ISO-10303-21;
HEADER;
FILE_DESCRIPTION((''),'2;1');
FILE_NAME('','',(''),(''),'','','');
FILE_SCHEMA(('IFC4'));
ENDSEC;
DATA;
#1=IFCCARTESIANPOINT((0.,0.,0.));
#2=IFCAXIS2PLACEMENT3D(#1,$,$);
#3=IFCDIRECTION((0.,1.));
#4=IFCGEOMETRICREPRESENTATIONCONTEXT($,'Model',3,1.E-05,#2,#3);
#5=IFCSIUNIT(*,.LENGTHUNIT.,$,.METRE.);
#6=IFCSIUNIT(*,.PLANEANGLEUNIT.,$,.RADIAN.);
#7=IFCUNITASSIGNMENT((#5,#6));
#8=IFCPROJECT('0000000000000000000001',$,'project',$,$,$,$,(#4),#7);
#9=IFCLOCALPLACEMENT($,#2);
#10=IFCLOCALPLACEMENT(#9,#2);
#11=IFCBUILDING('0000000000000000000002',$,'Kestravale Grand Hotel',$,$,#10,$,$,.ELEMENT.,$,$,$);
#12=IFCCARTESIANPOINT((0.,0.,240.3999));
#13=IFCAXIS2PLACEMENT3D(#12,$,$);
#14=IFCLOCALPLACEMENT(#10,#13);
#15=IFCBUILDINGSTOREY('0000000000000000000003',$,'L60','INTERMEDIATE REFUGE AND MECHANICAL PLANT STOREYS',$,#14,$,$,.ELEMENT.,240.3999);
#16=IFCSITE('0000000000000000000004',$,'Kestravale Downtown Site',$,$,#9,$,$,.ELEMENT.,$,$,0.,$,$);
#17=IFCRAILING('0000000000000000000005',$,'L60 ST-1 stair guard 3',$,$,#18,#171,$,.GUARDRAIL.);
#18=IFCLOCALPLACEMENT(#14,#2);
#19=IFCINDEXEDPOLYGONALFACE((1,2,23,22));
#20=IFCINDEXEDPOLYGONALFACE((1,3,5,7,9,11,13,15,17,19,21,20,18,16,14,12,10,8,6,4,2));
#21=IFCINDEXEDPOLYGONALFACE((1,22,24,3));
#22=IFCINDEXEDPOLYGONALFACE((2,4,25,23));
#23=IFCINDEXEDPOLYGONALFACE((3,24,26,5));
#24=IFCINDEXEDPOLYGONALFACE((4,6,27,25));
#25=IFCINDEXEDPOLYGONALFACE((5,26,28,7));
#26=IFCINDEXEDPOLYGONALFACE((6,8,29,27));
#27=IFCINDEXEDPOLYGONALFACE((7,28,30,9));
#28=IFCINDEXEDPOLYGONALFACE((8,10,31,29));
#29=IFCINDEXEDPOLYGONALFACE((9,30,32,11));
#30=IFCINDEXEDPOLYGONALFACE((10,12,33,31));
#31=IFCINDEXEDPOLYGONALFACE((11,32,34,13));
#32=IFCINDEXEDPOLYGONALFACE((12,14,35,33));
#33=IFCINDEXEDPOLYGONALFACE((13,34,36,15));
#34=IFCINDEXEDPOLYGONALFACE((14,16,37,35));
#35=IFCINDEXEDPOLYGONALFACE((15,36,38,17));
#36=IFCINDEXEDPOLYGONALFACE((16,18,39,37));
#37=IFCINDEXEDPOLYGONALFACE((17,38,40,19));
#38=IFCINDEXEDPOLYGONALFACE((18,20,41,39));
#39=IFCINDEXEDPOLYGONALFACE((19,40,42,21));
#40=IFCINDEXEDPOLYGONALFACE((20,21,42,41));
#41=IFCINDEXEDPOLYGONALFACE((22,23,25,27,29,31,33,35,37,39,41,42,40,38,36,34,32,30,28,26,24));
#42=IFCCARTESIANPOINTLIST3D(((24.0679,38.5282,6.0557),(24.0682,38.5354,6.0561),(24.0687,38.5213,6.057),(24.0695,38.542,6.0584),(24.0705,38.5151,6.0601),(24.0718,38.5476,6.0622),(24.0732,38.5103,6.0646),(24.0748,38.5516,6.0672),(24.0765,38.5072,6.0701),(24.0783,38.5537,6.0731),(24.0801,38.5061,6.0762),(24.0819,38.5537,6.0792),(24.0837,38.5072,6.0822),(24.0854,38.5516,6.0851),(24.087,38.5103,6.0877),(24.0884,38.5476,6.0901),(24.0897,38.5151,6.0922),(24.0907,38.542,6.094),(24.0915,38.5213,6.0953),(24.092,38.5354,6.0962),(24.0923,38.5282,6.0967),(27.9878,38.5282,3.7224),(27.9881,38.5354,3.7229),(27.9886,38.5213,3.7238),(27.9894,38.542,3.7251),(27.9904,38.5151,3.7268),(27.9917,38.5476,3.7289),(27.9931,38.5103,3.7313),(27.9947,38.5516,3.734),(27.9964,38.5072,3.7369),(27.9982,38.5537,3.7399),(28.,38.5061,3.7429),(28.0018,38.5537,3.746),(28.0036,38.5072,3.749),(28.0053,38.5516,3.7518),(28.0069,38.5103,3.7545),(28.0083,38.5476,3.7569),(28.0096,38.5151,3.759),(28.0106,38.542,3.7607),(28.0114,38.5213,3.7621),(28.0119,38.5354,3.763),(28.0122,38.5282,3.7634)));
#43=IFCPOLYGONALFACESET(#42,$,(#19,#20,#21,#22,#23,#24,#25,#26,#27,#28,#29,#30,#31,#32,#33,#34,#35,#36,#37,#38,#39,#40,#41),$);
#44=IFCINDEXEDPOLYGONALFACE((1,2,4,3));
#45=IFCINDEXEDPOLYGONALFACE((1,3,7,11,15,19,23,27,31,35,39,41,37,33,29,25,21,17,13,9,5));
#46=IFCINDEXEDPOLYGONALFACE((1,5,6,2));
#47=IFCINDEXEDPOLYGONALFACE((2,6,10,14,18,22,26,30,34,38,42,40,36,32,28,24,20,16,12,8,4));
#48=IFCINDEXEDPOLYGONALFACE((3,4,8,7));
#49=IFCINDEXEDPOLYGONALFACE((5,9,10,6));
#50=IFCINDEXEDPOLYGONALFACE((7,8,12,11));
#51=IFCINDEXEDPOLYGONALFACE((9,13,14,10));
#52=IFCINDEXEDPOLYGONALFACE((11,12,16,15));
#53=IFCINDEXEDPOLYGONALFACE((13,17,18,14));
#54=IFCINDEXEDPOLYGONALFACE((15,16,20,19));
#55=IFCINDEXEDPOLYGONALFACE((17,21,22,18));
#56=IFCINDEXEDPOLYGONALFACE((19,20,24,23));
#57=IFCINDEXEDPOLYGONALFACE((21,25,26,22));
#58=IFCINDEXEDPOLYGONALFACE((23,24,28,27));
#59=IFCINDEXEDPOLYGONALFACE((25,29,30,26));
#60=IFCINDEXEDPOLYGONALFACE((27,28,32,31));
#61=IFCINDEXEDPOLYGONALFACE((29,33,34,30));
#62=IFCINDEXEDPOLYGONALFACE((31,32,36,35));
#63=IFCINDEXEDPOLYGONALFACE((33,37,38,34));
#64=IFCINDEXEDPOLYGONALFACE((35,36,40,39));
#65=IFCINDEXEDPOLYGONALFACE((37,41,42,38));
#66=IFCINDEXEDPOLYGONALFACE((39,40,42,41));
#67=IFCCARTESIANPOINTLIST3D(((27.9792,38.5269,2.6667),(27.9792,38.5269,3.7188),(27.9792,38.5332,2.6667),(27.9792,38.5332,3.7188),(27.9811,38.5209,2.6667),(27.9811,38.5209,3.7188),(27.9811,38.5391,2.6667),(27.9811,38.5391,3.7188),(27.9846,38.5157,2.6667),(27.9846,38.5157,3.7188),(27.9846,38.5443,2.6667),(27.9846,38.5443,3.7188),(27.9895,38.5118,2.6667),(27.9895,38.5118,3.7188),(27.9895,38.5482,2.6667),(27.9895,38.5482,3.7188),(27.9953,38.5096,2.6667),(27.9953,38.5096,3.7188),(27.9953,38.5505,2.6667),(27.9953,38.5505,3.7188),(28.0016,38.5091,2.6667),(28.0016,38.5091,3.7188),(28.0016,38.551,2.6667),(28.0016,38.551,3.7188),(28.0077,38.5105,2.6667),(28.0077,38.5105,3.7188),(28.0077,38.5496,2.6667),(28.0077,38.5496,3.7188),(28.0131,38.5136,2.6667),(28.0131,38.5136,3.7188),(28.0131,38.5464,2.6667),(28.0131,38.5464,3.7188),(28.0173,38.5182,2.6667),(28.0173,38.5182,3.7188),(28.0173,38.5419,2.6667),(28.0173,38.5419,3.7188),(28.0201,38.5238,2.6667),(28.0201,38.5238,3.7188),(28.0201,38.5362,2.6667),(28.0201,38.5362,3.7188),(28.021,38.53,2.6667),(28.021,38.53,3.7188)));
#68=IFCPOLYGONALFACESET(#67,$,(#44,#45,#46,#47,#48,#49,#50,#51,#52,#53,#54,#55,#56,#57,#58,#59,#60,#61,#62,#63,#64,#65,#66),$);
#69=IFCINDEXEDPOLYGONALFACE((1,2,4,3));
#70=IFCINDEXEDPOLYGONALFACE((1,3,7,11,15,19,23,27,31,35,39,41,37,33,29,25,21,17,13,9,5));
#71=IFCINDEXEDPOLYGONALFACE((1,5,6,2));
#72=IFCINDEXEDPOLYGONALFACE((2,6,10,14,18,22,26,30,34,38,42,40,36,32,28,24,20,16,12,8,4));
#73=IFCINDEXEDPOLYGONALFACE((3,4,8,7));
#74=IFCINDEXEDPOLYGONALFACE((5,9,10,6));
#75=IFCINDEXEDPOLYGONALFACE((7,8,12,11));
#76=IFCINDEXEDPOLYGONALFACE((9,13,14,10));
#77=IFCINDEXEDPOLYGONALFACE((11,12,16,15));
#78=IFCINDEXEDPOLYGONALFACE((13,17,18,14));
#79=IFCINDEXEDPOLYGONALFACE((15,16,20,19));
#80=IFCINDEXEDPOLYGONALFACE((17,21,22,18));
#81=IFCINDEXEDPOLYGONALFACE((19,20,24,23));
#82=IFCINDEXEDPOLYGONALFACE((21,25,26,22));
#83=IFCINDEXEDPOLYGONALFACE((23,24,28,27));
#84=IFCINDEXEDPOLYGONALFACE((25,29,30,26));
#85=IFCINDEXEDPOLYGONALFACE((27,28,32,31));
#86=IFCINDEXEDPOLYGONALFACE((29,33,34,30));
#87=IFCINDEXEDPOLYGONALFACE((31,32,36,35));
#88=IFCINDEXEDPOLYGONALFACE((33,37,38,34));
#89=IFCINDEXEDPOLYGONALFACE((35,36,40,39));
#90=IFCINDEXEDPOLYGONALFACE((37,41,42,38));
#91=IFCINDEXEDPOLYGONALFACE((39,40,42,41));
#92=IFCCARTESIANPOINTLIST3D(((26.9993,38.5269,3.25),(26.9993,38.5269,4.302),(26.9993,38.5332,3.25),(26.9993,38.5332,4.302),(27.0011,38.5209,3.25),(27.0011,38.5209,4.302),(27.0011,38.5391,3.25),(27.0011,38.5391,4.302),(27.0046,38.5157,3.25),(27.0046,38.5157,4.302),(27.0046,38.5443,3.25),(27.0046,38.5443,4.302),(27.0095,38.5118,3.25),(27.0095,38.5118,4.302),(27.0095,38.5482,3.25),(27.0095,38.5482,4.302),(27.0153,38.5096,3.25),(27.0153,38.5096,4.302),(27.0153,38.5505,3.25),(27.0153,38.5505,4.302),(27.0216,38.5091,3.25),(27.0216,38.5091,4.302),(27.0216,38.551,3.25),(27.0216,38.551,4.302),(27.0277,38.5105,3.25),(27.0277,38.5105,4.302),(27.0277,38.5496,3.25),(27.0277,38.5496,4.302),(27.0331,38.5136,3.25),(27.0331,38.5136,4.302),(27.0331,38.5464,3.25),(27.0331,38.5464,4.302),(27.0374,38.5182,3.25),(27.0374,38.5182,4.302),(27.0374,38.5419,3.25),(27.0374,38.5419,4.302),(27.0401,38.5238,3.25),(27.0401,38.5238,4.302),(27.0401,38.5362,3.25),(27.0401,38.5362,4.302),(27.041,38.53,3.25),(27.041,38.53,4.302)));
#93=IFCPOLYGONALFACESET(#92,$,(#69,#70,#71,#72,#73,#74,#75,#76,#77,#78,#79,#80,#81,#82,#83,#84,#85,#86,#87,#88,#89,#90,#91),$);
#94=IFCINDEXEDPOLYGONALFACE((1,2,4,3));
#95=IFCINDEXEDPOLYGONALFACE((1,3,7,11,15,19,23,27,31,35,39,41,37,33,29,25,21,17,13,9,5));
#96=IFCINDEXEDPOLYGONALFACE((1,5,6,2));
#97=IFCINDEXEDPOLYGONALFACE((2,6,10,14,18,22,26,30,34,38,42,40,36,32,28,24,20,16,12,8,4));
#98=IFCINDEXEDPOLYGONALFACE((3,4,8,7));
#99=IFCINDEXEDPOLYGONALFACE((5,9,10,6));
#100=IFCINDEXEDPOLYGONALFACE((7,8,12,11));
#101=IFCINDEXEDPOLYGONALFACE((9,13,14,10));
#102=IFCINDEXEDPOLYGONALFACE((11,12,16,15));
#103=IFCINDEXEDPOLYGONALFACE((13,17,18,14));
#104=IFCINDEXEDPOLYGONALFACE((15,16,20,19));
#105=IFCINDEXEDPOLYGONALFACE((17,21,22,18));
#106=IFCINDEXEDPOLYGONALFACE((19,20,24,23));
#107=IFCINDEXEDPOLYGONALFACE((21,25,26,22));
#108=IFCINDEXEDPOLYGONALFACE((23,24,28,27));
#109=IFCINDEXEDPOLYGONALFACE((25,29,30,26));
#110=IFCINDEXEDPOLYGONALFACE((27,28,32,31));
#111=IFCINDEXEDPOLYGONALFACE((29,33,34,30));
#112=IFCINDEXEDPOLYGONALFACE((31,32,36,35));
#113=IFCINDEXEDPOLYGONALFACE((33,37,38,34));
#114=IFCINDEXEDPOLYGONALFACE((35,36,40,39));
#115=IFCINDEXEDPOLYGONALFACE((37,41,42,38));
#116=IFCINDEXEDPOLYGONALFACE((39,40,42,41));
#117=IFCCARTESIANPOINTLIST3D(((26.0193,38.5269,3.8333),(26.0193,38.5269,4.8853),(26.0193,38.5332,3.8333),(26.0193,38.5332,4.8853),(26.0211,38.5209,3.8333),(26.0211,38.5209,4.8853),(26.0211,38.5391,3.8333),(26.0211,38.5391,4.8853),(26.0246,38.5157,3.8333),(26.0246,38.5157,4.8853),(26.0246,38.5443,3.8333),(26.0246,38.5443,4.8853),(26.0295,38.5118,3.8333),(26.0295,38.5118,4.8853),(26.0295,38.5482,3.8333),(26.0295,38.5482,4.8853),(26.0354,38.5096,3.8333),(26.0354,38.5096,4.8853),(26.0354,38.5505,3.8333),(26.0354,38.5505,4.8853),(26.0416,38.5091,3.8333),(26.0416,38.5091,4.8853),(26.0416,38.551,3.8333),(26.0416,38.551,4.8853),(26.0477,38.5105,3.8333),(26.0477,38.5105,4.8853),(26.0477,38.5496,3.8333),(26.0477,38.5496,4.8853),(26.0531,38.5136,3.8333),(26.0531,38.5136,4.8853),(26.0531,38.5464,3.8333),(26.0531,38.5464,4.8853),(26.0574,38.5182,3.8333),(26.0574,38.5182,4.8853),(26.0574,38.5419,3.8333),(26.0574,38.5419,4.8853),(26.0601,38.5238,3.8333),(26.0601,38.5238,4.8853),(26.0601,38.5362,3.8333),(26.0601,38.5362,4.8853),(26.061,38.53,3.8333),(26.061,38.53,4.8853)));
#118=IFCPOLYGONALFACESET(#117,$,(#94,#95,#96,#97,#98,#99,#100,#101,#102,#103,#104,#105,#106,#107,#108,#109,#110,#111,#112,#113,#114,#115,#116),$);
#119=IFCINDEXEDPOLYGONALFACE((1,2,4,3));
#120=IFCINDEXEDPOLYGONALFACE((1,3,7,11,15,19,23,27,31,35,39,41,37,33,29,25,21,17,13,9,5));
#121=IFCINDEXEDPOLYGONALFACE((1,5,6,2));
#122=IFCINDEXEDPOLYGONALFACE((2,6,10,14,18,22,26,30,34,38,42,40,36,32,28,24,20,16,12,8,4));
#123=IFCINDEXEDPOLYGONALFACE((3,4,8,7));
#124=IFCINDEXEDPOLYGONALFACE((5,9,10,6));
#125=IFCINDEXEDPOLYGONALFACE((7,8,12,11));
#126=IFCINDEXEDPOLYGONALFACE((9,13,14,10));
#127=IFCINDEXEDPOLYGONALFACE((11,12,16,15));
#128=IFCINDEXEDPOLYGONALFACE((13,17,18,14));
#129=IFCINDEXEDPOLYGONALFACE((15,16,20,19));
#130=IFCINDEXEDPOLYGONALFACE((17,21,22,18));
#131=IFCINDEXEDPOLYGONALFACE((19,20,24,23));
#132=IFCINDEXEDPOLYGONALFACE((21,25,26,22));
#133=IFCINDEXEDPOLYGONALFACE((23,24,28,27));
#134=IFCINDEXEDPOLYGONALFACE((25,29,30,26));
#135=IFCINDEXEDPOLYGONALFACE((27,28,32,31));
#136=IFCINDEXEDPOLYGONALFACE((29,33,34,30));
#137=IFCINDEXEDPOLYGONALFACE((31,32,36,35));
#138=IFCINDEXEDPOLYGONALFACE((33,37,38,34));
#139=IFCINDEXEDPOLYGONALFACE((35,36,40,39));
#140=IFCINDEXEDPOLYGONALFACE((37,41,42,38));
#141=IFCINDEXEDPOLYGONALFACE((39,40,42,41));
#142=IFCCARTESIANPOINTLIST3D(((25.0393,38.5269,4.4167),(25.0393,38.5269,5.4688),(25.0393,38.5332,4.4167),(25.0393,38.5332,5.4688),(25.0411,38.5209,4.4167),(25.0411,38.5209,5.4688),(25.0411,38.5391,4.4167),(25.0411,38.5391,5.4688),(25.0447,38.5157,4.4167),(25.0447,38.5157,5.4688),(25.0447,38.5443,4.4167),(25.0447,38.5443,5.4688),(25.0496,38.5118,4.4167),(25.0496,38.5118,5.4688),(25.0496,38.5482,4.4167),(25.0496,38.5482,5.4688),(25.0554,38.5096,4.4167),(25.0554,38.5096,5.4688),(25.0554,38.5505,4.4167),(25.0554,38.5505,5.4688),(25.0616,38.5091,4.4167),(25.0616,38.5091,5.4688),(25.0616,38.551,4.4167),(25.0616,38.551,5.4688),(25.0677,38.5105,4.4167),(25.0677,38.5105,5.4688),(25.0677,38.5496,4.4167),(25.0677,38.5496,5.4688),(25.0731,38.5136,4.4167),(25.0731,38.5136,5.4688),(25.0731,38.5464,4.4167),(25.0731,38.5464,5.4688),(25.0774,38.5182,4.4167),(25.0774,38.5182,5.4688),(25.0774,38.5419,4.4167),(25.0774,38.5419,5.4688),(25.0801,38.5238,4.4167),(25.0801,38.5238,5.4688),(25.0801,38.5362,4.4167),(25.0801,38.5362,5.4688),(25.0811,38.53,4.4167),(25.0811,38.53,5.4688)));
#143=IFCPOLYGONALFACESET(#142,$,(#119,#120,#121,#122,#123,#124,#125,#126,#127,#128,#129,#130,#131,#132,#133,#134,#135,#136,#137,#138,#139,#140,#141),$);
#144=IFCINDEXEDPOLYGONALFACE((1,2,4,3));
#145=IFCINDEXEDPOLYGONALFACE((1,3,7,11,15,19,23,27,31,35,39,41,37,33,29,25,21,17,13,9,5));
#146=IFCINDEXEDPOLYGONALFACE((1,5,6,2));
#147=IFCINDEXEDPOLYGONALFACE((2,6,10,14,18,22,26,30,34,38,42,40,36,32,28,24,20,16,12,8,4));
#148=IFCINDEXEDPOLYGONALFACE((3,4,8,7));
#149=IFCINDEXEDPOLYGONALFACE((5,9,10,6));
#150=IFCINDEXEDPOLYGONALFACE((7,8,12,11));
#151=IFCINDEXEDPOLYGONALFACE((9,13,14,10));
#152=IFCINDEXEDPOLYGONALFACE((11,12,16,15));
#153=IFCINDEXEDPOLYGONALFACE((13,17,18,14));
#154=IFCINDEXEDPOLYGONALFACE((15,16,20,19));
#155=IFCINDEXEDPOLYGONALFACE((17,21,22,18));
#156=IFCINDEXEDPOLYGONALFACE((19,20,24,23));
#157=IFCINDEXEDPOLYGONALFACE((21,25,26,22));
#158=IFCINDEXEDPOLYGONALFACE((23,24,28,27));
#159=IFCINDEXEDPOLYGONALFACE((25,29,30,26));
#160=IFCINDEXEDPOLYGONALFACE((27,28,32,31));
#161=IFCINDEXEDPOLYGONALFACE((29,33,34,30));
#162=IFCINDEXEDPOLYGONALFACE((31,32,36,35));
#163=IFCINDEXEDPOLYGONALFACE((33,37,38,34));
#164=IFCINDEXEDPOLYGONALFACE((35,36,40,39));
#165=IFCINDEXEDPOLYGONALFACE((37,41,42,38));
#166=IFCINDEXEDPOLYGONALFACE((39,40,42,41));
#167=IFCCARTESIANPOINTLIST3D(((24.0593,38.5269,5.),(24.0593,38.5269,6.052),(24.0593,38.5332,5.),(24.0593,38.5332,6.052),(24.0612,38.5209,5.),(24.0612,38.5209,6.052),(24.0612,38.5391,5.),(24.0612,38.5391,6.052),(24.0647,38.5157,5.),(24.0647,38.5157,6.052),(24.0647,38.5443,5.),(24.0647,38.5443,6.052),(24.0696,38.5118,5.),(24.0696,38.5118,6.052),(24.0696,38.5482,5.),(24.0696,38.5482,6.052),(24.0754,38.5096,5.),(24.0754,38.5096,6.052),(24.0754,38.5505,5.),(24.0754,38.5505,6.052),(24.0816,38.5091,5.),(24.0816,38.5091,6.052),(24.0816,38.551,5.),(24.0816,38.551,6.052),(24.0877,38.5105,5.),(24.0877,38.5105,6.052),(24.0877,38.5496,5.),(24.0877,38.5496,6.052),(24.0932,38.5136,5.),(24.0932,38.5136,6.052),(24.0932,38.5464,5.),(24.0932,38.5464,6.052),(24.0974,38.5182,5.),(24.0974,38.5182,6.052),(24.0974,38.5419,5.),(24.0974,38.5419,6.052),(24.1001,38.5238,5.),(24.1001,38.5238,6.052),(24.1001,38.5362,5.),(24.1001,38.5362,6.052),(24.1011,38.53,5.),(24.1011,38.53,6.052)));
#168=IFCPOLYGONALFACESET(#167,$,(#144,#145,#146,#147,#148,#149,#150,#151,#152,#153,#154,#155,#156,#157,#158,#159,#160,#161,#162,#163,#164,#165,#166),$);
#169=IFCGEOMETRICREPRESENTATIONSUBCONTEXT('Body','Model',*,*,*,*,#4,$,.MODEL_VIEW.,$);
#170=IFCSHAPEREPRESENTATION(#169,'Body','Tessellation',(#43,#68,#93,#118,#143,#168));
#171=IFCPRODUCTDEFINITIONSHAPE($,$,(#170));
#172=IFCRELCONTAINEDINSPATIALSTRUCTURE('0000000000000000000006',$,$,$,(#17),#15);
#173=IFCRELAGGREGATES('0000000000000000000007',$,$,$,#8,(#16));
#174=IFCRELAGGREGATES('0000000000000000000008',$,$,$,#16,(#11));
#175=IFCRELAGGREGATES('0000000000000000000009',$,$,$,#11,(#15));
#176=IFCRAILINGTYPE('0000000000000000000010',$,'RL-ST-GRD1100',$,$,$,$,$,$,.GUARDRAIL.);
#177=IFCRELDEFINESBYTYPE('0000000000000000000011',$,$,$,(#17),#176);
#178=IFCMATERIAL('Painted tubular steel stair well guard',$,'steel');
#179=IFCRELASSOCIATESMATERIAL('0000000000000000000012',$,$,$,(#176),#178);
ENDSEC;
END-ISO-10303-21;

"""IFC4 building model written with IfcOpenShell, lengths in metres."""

from ifc_helpers import new_model, si_unit, direction, frame, origin, origin_2d, place, context, subcontext, project, spatial, circle, extrude, material, type_object, element, save


model = new_model("IFC4")

# Units and contexts
model_context = context("Model", 3, precision=1e-05, world=origin(), true_north=direction((0.0, 1.0)))
body_context = subcontext(model_context, "Body", "Model", "MODEL_VIEW")
ifc_project = project(units=[si_unit("LENGTHUNIT", "METRE"), si_unit("PLANEANGLEUNIT", "RADIAN")], contexts=[model_context])

# Site, building, storey
site_placement = place(None, origin())
site = spatial("IfcSite", under=ifc_project, at=site_placement, Name="Kestravale Downtown Site", CompositionType="ELEMENT", RefElevation=0.0)
building_placement = place(site_placement, origin())
building = spatial("IfcBuilding", under=site, at=building_placement, Name="Kestravale Grand Hotel", CompositionType="ELEMENT")
storey_placement = place(building_placement, frame((0.0, 0.0, 240.3999)))
storey = spatial("IfcBuildingStorey", under=building, at=storey_placement, Name="L60", Description="INTERMEDIATE REFUGE AND MECHANICAL PLANT STOREYS", CompositionType="ELEMENT", Elevation=240.3999)

# Railing
ifc_material_1 = material(Name="Painted tubular steel stair well guard", Category="steel")
railing_type_1 = type_object("IfcRailingType", Name="RL-ST-GRD1100", PredefinedType="GUARDRAIL", material=ifc_material_1)
railing_1_placement = place(storey_placement, frame((28.0, 38.53, 2.6667)))
element("IfcRailing", 1, at=railing_1_placement, inside=storey, type_object=railing_type_1, Name="L60 ST-1 stair guard 3", PredefinedType="GUARDRAIL", context=body_context, shape_type="SweptSolid", body=[
    extrude(circle(Radius=0.0239, at=origin_2d()), frame((0.0, 0.0, 1.0762), z_axis=(-0.859296, 0.0, 0.511478), x_axis=(0.0, -1.0, 0.0)), (0.0, 0.0, 1.0), 4.5618),
    extrude(circle(Radius=0.021, at=origin_2d()), origin(), (0.0, 0.0, 1.0), 1.052),
    extrude(circle(Radius=0.021, at=origin_2d()), frame((-0.98, 0.0, 0.5833)), (0.0, 0.0, 1.0), 1.052),
    extrude(circle(Radius=0.021, at=origin_2d()), frame((-1.96, 0.0, 1.1665)), (0.0, 0.0, 1.0), 1.052),
    extrude(circle(Radius=0.021, at=origin_2d()), frame((-2.9399, 0.0, 1.75)), (0.0, 0.0, 1.0), 1.052),
    extrude(circle(Radius=0.021, at=origin_2d()), frame((-3.9199, 0.0, 2.3333)), (0.0, 0.0, 1.0), 1.052),
])

save(model, "model.ifc")
